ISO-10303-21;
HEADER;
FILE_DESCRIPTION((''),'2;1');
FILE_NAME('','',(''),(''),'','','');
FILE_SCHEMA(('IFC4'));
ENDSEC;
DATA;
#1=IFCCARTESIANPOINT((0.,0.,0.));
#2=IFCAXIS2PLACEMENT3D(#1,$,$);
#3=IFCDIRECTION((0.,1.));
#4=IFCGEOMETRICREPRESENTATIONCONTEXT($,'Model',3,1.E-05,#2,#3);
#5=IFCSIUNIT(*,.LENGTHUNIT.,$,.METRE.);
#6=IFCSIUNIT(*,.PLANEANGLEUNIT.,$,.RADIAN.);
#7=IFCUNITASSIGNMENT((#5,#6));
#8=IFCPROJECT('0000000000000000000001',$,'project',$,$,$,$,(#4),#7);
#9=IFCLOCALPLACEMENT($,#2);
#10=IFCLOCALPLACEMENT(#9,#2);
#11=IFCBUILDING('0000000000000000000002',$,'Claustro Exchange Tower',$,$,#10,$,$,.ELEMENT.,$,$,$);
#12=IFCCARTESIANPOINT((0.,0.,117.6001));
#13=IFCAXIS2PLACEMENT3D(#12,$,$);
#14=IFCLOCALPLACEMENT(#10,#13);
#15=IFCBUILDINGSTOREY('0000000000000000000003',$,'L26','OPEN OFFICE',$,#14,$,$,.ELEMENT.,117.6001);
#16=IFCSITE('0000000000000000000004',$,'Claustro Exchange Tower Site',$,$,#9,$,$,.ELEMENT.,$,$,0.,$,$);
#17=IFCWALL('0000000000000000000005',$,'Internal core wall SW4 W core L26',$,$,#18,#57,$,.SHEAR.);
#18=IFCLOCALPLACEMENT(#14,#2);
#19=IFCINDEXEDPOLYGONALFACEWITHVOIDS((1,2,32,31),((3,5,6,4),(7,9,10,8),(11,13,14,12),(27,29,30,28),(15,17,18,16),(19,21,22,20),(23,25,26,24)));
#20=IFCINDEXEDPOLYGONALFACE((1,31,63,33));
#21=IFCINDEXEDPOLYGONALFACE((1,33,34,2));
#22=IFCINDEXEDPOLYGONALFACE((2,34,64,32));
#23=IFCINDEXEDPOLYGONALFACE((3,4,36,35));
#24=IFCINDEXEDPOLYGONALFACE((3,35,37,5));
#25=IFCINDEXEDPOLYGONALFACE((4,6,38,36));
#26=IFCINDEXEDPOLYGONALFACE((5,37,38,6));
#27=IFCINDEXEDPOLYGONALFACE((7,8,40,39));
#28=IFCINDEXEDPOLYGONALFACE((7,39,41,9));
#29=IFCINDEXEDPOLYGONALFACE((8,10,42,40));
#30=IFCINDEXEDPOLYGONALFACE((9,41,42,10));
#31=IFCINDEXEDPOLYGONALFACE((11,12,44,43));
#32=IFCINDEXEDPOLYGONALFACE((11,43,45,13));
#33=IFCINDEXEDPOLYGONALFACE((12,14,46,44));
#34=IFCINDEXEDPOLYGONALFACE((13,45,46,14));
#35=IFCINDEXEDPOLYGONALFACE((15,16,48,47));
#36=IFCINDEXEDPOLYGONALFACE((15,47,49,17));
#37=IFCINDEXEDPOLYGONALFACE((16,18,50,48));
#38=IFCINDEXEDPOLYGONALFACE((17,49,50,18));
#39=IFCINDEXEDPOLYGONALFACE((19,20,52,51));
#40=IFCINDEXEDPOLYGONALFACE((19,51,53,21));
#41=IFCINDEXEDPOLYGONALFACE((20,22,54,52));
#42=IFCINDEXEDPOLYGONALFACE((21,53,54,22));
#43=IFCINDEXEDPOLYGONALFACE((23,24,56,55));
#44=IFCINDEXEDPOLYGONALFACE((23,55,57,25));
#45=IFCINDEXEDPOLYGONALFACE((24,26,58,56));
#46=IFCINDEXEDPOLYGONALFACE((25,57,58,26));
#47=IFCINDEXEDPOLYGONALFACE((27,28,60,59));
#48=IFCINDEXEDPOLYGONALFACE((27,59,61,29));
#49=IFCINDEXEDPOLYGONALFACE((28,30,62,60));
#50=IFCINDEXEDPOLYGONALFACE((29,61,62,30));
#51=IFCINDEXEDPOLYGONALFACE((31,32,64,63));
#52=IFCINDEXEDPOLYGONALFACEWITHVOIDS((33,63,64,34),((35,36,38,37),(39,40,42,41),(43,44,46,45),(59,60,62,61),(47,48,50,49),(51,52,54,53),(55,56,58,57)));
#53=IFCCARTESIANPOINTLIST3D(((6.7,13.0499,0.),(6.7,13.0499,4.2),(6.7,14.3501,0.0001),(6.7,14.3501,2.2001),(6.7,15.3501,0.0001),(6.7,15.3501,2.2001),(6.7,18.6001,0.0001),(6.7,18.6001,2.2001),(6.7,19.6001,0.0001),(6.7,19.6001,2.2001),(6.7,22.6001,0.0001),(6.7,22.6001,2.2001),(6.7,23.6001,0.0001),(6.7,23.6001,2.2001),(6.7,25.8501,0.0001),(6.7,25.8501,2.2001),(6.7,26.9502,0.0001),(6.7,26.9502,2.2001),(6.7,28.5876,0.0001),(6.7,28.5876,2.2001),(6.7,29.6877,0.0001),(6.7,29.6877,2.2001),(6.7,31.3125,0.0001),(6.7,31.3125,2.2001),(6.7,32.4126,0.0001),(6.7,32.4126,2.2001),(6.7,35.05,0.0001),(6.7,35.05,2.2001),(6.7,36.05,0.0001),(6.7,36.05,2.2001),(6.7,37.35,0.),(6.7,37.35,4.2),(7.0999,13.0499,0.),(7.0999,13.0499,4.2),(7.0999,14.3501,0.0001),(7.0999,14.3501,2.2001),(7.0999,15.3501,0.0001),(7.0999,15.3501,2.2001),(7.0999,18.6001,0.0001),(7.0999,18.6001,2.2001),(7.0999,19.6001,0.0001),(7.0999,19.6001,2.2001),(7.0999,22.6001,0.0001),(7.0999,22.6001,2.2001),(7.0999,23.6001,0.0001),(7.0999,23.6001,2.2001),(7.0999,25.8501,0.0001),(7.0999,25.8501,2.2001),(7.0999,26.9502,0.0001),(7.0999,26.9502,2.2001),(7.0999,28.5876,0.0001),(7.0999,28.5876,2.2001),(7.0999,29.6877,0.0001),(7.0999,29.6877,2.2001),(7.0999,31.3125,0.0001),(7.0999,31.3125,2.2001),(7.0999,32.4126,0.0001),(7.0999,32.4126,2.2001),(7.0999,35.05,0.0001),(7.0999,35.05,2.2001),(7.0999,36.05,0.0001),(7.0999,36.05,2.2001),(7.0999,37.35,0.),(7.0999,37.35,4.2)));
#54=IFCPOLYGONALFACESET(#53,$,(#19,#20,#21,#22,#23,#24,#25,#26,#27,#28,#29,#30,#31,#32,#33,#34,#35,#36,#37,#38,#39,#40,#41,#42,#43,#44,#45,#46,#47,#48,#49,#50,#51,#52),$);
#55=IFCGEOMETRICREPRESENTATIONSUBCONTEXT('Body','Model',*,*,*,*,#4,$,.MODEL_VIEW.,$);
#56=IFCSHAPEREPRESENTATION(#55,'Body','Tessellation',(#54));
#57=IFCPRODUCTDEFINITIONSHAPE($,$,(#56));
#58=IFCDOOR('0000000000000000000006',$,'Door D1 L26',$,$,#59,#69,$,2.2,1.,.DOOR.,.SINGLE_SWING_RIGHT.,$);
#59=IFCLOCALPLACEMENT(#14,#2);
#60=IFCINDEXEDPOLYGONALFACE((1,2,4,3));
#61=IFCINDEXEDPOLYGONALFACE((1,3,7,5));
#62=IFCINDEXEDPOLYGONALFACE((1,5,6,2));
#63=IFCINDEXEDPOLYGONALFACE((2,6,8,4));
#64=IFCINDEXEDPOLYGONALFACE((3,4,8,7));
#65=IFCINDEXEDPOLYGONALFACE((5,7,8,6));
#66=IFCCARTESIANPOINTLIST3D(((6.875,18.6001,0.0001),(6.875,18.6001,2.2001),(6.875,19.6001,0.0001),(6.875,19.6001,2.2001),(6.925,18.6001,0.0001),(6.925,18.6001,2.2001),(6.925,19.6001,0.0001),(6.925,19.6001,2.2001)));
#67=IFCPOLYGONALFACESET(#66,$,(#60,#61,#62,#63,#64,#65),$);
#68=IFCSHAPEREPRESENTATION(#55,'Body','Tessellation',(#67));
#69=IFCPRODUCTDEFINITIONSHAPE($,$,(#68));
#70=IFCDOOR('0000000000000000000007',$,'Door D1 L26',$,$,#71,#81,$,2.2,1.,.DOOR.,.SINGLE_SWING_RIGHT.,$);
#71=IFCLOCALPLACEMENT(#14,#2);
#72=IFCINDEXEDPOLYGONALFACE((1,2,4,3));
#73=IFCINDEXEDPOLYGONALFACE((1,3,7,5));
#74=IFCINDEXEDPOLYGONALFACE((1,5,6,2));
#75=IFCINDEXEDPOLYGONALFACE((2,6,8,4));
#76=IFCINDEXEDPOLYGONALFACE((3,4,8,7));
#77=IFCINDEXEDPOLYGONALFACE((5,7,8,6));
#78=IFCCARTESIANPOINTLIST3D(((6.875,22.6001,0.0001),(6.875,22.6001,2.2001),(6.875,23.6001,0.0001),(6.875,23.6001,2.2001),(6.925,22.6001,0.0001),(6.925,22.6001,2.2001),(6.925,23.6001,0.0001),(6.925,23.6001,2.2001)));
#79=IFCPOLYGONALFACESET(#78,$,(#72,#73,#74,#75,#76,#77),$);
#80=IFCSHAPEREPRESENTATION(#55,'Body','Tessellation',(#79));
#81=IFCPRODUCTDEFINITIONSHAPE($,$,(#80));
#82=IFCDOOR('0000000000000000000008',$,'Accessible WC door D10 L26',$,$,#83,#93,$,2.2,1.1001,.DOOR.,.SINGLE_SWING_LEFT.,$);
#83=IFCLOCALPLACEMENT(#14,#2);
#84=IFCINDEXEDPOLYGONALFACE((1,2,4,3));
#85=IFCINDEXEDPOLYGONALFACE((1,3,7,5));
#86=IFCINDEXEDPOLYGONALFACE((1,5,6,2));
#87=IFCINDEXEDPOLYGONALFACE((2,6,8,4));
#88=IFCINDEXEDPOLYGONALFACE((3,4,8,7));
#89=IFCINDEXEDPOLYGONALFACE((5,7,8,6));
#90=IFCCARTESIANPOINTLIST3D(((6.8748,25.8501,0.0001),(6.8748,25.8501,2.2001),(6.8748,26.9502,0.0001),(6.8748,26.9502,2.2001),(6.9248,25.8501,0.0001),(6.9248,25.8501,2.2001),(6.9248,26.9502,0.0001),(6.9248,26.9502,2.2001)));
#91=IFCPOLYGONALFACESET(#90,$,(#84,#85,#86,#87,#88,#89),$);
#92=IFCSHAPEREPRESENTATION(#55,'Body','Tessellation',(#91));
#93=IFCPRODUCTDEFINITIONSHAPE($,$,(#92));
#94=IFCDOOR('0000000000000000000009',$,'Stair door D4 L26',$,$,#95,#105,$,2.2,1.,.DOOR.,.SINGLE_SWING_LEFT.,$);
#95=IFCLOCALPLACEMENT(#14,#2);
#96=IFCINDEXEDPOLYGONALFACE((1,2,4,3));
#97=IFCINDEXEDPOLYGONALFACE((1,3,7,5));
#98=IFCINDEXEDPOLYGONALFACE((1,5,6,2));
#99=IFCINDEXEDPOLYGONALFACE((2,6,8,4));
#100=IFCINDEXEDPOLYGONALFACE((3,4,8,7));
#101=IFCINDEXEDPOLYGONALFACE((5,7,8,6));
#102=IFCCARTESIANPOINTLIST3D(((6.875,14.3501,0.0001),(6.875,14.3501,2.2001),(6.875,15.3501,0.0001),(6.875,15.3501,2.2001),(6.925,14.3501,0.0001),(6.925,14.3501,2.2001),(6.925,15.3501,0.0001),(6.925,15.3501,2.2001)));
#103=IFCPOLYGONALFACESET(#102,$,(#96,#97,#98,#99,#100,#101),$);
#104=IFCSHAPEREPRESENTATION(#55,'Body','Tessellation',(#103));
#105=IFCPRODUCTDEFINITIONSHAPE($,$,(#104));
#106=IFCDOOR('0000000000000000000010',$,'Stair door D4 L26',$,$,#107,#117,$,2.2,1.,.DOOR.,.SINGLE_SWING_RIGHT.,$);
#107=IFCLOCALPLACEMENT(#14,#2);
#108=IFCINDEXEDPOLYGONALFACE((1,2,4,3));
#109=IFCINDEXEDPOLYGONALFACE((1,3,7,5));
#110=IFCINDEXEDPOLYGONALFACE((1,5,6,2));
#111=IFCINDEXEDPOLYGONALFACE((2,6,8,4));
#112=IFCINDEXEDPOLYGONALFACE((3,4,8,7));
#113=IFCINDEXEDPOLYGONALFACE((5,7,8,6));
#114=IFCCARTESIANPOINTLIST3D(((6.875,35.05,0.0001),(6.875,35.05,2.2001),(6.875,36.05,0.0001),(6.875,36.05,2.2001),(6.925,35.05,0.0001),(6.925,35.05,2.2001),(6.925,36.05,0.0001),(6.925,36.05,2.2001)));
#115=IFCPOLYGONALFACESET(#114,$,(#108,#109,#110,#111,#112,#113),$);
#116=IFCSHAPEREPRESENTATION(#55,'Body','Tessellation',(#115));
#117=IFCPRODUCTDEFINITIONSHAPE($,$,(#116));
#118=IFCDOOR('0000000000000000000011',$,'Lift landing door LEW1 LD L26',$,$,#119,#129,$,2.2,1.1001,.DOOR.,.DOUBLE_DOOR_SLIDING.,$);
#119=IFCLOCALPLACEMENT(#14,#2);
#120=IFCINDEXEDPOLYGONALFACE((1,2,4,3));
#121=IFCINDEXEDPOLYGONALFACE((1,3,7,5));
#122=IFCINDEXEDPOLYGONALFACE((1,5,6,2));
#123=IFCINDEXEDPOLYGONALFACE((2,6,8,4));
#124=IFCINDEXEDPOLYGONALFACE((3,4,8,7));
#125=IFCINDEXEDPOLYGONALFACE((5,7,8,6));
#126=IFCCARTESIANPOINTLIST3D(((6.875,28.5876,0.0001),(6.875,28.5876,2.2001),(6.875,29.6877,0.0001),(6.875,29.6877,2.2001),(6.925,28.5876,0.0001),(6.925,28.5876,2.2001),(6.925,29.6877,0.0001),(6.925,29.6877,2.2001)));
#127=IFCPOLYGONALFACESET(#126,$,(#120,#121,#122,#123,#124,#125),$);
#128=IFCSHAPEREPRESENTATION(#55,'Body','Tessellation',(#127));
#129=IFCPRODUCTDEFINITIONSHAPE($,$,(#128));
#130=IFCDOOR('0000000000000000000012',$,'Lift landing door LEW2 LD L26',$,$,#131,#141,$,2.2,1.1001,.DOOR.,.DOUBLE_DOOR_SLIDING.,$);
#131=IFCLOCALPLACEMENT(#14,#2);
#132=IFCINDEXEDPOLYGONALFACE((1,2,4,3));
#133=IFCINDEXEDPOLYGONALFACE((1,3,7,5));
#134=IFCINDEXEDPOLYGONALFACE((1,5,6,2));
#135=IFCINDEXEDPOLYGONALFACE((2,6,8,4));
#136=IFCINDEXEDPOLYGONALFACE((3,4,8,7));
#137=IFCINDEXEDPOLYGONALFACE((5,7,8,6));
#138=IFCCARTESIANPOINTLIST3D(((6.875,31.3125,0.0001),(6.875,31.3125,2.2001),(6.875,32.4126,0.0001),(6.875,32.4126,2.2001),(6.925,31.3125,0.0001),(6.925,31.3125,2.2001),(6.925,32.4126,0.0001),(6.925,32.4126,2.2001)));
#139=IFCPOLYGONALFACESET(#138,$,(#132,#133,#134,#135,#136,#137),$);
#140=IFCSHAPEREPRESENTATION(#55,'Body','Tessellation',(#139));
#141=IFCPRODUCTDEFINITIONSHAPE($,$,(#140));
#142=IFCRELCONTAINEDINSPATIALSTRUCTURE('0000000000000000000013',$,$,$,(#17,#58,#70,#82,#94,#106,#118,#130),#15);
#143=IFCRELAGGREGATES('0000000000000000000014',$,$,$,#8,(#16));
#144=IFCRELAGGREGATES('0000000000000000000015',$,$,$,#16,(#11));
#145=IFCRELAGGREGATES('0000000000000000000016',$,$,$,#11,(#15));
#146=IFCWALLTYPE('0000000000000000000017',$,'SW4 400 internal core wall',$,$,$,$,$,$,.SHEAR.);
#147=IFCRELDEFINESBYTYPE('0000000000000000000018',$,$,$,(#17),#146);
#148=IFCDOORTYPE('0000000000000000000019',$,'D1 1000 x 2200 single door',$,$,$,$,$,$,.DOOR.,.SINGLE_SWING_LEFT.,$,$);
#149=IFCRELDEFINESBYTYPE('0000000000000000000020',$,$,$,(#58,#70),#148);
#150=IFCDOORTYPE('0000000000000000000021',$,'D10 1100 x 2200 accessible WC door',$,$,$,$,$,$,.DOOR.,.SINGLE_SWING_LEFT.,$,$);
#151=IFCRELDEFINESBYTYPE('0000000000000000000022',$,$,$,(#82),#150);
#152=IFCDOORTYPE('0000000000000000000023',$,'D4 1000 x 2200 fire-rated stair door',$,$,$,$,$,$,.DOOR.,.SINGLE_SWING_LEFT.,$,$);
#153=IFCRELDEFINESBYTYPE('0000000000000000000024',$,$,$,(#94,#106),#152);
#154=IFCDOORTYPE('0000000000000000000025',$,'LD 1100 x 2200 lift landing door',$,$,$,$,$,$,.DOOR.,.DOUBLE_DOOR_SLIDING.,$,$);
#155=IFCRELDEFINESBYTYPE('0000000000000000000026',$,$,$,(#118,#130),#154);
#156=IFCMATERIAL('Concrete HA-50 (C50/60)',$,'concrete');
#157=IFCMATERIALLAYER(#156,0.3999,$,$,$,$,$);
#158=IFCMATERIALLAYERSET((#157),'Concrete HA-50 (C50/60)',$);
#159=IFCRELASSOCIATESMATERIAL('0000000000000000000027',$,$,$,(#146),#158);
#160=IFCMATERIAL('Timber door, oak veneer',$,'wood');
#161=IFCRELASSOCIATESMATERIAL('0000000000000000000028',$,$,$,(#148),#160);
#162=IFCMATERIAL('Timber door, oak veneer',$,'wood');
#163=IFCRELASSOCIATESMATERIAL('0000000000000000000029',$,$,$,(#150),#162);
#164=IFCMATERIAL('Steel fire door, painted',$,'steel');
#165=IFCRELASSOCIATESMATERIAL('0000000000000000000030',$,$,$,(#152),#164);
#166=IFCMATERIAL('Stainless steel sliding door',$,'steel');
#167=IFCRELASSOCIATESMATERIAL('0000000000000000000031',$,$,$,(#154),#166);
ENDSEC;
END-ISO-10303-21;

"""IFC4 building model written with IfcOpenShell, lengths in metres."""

from ifc_helpers import new_model, si_unit, direction, frame, frame_2d, origin, place, context, subcontext, project, spatial, rectangle, extrude, material, layer, layer_set, type_object, element, fill, save


model = new_model("IFC4")

# Units and contexts
model_context = context("Model", 3, precision=1e-05, world=origin(), true_north=direction((0.0, 1.0)))
body_context = subcontext(model_context, "Body", "Model", "MODEL_VIEW")
ifc_project = project(units=[si_unit("LENGTHUNIT", "METRE"), si_unit("PLANEANGLEUNIT", "RADIAN")], contexts=[model_context])

# Site, building, storey
site_placement = place(None, origin())
site = spatial("IfcSite", under=ifc_project, at=site_placement, Name="Claustro Exchange Tower Site", CompositionType="ELEMENT", RefElevation=0.0)
building_placement = place(site_placement, origin())
building = spatial("IfcBuilding", under=site, at=building_placement, Name="Claustro Exchange Tower", CompositionType="ELEMENT")
storey_placement = place(building_placement, frame((0.0, 0.0, 117.6001)))
storey = spatial("IfcBuildingStorey", under=building, at=storey_placement, Name="L26", Description="OPEN OFFICE", CompositionType="ELEMENT", Elevation=117.6001)

# Wall, openings, doors
ifc_material_1 = material(Name="Concrete HA-50 (C50/60)", Category="concrete")
ifc_layer_1 = layer(ifc_material_1, 0.3999)
ifc_layer_set_1 = layer_set([ifc_layer_1], Name="Concrete HA-50 (C50/60)")
wall_type_1 = type_object("IfcWallType", Name="SW4 400 internal core wall", PredefinedType="SHEAR", material=ifc_layer_set_1)
wall_1_placement = place(storey_placement, frame((6.8999, 13.05, 0.0), z_axis=(0.0, 0.0, 1.0), x_axis=(0.0, 1.0, 0.0)))
wall_1 = element("IfcWall", 1, at=wall_1_placement, inside=storey, type_object=wall_type_1, Name="Internal core wall SW4 W core L26", PredefinedType="SHEAR", context=body_context, shape_type="SweptSolid", body=[
    extrude(rectangle(XDim=24.3, YDim=0.3999, at=frame_2d((12.1499, 0.0))), origin(), (0.0, 0.0, 1.0), 4.2),
])
opening_1_placement = place(wall_1_placement, frame((1.3, 0.0, 0.0)))
opening_1 = element("IfcOpeningElement", 2, at=opening_1_placement, cuts=wall_1, PredefinedType="OPENING", context=body_context, shape_type="SweptSolid", body=[
    extrude(rectangle(XDim=1.0, YDim=2.2, at=frame_2d((0.5, 1.1001))), frame((0.0, 0.21, 0.0), z_axis=(0.0, -1.0, 0.0), x_axis=(1.0, 0.0, 0.0)), (0.0, 0.0, 1.0), 0.4199),
])
opening_2_placement = place(wall_1_placement, frame((22.0, 0.0, 0.0)))
opening_2 = element("IfcOpeningElement", 3, at=opening_2_placement, cuts=wall_1, PredefinedType="OPENING", context=body_context, shape_type="SweptSolid", body=[
    extrude(rectangle(XDim=1.0, YDim=2.2, at=frame_2d((0.5, 1.1001))), frame((0.0, 0.21, 0.0), z_axis=(0.0, -1.0, 0.0), x_axis=(1.0, 0.0, 0.0)), (0.0, 0.0, 1.0), 0.4199),
])
opening_3_placement = place(wall_1_placement, frame((5.55, 0.0, 0.0)))
opening_3 = element("IfcOpeningElement", 4, at=opening_3_placement, cuts=wall_1, PredefinedType="OPENING", context=body_context, shape_type="SweptSolid", body=[
    extrude(rectangle(XDim=1.0, YDim=2.2, at=frame_2d((0.5, 1.1001))), frame((0.0, 0.21, 0.0), z_axis=(0.0, -1.0, 0.0), x_axis=(1.0, 0.0, 0.0)), (0.0, 0.0, 1.0), 0.4199),
])
opening_4_placement = place(wall_1_placement, frame((9.55, 0.0, 0.0)))
opening_4 = element("IfcOpeningElement", 5, at=opening_4_placement, cuts=wall_1, PredefinedType="OPENING", context=body_context, shape_type="SweptSolid", body=[
    extrude(rectangle(XDim=1.0, YDim=2.2, at=frame_2d((0.5, 1.1001))), frame((0.0, 0.21, 0.0), z_axis=(0.0, -1.0, 0.0), x_axis=(1.0, 0.0, 0.0)), (0.0, 0.0, 1.0), 0.4199),
])
opening_5_placement = place(wall_1_placement, frame((12.8, 0.0, 0.0)))
opening_5 = element("IfcOpeningElement", 6, at=opening_5_placement, cuts=wall_1, PredefinedType="OPENING", context=body_context, shape_type="SweptSolid", body=[
    extrude(rectangle(XDim=1.1001, YDim=2.2, at=frame_2d((0.55, 1.1001))), frame((0.0, 0.21, 0.0), z_axis=(0.0, -1.0, 0.0), x_axis=(1.0, 0.0, 0.0)), (0.0, 0.0, 1.0), 0.4199),
])
opening_6_placement = place(wall_1_placement, frame((15.5376, 0.0, 0.0)))
opening_6 = element("IfcOpeningElement", 7, at=opening_6_placement, cuts=wall_1, PredefinedType="OPENING", context=body_context, shape_type="SweptSolid", body=[
    extrude(rectangle(XDim=1.1001, YDim=2.2, at=frame_2d((0.55, 1.1001))), frame((0.0, 0.21, 0.0), z_axis=(0.0, -1.0, 0.0), x_axis=(1.0, 0.0, 0.0)), (0.0, 0.0, 1.0), 0.4199),
])
opening_7_placement = place(wall_1_placement, frame((18.2625, 0.0, 0.0)))
opening_7 = element("IfcOpeningElement", 8, at=opening_7_placement, cuts=wall_1, PredefinedType="OPENING", context=body_context, shape_type="SweptSolid", body=[
    extrude(rectangle(XDim=1.1001, YDim=2.2, at=frame_2d((0.55, 1.1001))), frame((0.0, 0.21, 0.0), z_axis=(0.0, -1.0, 0.0), x_axis=(1.0, 0.0, 0.0)), (0.0, 0.0, 1.0), 0.4199),
])
ifc_material_2 = material(Name="Timber door, oak veneer", Category="wood")
door_type_1 = type_object("IfcDoorType", Name="D1 1000 x 2200 single door", OperationType="SINGLE_SWING_LEFT", PredefinedType="DOOR", material=ifc_material_2)
door_1_placement = place(opening_3_placement, origin())
door_1 = element("IfcDoor", 9, at=door_1_placement, inside=storey, type_object=door_type_1, Name="Door D1 L26", OperationType="SINGLE_SWING_RIGHT", OverallHeight=2.2, OverallWidth=1.0, PredefinedType="DOOR", context=body_context, shape_type="SweptSolid", body=[
    extrude(rectangle(XDim=1.0, YDim=2.2, at=frame_2d((0.5, 1.1001))), frame((0.0, 0.0249, 0.0), z_axis=(0.0, -1.0, 0.0), x_axis=(1.0, 0.0, 0.0)), (0.0, 0.0, 1.0), 0.05),
])
fill(opening_3, door_1)
door_2_placement = place(opening_4_placement, origin())
door_2 = element("IfcDoor", 10, at=door_2_placement, inside=storey, type_object=door_type_1, Name="Door D1 L26", OperationType="SINGLE_SWING_RIGHT", OverallHeight=2.2, OverallWidth=1.0, PredefinedType="DOOR", context=body_context, shape_type="SweptSolid", body=[
    extrude(rectangle(XDim=1.0, YDim=2.2, at=frame_2d((0.5, 1.1001))), frame((0.0, 0.0249, 0.0), z_axis=(0.0, -1.0, 0.0), x_axis=(1.0, 0.0, 0.0)), (0.0, 0.0, 1.0), 0.05),
])
fill(opening_4, door_2)
ifc_material_3 = material(Name="Timber door, oak veneer", Category="wood")
door_type_2 = type_object("IfcDoorType", Name="D10 1100 x 2200 accessible WC door", OperationType="SINGLE_SWING_LEFT", PredefinedType="DOOR", material=ifc_material_3)
door_3_placement = place(opening_5_placement, frame((1.1001, 0.0, 0.0), z_axis=(0.0, 0.0, 1.0), x_axis=(-1.0, 0.0, 0.0)))
door_3 = element("IfcDoor", 11, at=door_3_placement, inside=storey, type_object=door_type_2, Name="Accessible WC door D10 L26", OperationType="SINGLE_SWING_LEFT", OverallHeight=2.2, OverallWidth=1.1001, PredefinedType="DOOR", context=body_context, shape_type="SweptSolid", body=[
    extrude(rectangle(XDim=1.1001, YDim=2.2, at=frame_2d((0.55, 1.1001))), frame((0.0, 0.0249, 0.0), z_axis=(0.0, -1.0, 0.0), x_axis=(1.0, 0.0, 0.0)), (0.0, 0.0, 1.0), 0.05),
])
fill(opening_5, door_3)
ifc_material_4 = material(Name="Steel fire door, painted", Category="steel")
door_type_3 = type_object("IfcDoorType", Name="D4 1000 x 2200 fire-rated stair door", OperationType="SINGLE_SWING_LEFT", PredefinedType="DOOR", material=ifc_material_4)
door_4_placement = place(opening_1_placement, origin())
door_4 = element("IfcDoor", 12, at=door_4_placement, inside=storey, type_object=door_type_3, Name="Stair door D4 L26", OperationType="SINGLE_SWING_LEFT", OverallHeight=2.2, OverallWidth=1.0, PredefinedType="DOOR", context=body_context, shape_type="SweptSolid", body=[
    extrude(rectangle(XDim=1.0, YDim=2.2, at=frame_2d((0.5, 1.1001))), frame((0.0, 0.0249, 0.0), z_axis=(0.0, -1.0, 0.0), x_axis=(1.0, 0.0, 0.0)), (0.0, 0.0, 1.0), 0.05),
])
fill(opening_1, door_4)
door_5_placement = place(opening_2_placement, origin())
door_5 = element("IfcDoor", 13, at=door_5_placement, inside=storey, type_object=door_type_3, Name="Stair door D4 L26", OperationType="SINGLE_SWING_RIGHT", OverallHeight=2.2, OverallWidth=1.0, PredefinedType="DOOR", context=body_context, shape_type="SweptSolid", body=[
    extrude(rectangle(XDim=1.0, YDim=2.2, at=frame_2d((0.5, 1.1001))), frame((0.0, 0.0249, 0.0), z_axis=(0.0, -1.0, 0.0), x_axis=(1.0, 0.0, 0.0)), (0.0, 0.0, 1.0), 0.05),
])
fill(opening_2, door_5)
ifc_material_5 = material(Name="Stainless steel sliding door", Category="steel")
door_type_4 = type_object("IfcDoorType", Name="LD 1100 x 2200 lift landing door", OperationType="DOUBLE_DOOR_SLIDING", PredefinedType="DOOR", material=ifc_material_5)
door_6_placement = place(opening_6_placement, origin())
door_6 = element("IfcDoor", 14, at=door_6_placement, inside=storey, type_object=door_type_4, Name="Lift landing door LEW1 LD L26", OperationType="DOUBLE_DOOR_SLIDING", OverallHeight=2.2, OverallWidth=1.1001, PredefinedType="DOOR", context=body_context, shape_type="SweptSolid", body=[
    extrude(rectangle(XDim=1.1001, YDim=2.2, at=frame_2d((0.55, 1.1001))), frame((0.0, 0.0249, 0.0), z_axis=(0.0, -1.0, 0.0), x_axis=(1.0, 0.0, 0.0)), (0.0, 0.0, 1.0), 0.05),
])
fill(opening_6, door_6)
door_7_placement = place(opening_7_placement, origin())
door_7 = element("IfcDoor", 15, at=door_7_placement, inside=storey, type_object=door_type_4, Name="Lift landing door LEW2 LD L26", OperationType="DOUBLE_DOOR_SLIDING", OverallHeight=2.2, OverallWidth=1.1001, PredefinedType="DOOR", context=body_context, shape_type="SweptSolid", body=[
    extrude(rectangle(XDim=1.1001, YDim=2.2, at=frame_2d((0.55, 1.1001))), frame((0.0, 0.0249, 0.0), z_axis=(0.0, -1.0, 0.0), x_axis=(1.0, 0.0, 0.0)), (0.0, 0.0, 1.0), 0.05),
])
fill(opening_7, door_7)

save(model, "model.ifc")
